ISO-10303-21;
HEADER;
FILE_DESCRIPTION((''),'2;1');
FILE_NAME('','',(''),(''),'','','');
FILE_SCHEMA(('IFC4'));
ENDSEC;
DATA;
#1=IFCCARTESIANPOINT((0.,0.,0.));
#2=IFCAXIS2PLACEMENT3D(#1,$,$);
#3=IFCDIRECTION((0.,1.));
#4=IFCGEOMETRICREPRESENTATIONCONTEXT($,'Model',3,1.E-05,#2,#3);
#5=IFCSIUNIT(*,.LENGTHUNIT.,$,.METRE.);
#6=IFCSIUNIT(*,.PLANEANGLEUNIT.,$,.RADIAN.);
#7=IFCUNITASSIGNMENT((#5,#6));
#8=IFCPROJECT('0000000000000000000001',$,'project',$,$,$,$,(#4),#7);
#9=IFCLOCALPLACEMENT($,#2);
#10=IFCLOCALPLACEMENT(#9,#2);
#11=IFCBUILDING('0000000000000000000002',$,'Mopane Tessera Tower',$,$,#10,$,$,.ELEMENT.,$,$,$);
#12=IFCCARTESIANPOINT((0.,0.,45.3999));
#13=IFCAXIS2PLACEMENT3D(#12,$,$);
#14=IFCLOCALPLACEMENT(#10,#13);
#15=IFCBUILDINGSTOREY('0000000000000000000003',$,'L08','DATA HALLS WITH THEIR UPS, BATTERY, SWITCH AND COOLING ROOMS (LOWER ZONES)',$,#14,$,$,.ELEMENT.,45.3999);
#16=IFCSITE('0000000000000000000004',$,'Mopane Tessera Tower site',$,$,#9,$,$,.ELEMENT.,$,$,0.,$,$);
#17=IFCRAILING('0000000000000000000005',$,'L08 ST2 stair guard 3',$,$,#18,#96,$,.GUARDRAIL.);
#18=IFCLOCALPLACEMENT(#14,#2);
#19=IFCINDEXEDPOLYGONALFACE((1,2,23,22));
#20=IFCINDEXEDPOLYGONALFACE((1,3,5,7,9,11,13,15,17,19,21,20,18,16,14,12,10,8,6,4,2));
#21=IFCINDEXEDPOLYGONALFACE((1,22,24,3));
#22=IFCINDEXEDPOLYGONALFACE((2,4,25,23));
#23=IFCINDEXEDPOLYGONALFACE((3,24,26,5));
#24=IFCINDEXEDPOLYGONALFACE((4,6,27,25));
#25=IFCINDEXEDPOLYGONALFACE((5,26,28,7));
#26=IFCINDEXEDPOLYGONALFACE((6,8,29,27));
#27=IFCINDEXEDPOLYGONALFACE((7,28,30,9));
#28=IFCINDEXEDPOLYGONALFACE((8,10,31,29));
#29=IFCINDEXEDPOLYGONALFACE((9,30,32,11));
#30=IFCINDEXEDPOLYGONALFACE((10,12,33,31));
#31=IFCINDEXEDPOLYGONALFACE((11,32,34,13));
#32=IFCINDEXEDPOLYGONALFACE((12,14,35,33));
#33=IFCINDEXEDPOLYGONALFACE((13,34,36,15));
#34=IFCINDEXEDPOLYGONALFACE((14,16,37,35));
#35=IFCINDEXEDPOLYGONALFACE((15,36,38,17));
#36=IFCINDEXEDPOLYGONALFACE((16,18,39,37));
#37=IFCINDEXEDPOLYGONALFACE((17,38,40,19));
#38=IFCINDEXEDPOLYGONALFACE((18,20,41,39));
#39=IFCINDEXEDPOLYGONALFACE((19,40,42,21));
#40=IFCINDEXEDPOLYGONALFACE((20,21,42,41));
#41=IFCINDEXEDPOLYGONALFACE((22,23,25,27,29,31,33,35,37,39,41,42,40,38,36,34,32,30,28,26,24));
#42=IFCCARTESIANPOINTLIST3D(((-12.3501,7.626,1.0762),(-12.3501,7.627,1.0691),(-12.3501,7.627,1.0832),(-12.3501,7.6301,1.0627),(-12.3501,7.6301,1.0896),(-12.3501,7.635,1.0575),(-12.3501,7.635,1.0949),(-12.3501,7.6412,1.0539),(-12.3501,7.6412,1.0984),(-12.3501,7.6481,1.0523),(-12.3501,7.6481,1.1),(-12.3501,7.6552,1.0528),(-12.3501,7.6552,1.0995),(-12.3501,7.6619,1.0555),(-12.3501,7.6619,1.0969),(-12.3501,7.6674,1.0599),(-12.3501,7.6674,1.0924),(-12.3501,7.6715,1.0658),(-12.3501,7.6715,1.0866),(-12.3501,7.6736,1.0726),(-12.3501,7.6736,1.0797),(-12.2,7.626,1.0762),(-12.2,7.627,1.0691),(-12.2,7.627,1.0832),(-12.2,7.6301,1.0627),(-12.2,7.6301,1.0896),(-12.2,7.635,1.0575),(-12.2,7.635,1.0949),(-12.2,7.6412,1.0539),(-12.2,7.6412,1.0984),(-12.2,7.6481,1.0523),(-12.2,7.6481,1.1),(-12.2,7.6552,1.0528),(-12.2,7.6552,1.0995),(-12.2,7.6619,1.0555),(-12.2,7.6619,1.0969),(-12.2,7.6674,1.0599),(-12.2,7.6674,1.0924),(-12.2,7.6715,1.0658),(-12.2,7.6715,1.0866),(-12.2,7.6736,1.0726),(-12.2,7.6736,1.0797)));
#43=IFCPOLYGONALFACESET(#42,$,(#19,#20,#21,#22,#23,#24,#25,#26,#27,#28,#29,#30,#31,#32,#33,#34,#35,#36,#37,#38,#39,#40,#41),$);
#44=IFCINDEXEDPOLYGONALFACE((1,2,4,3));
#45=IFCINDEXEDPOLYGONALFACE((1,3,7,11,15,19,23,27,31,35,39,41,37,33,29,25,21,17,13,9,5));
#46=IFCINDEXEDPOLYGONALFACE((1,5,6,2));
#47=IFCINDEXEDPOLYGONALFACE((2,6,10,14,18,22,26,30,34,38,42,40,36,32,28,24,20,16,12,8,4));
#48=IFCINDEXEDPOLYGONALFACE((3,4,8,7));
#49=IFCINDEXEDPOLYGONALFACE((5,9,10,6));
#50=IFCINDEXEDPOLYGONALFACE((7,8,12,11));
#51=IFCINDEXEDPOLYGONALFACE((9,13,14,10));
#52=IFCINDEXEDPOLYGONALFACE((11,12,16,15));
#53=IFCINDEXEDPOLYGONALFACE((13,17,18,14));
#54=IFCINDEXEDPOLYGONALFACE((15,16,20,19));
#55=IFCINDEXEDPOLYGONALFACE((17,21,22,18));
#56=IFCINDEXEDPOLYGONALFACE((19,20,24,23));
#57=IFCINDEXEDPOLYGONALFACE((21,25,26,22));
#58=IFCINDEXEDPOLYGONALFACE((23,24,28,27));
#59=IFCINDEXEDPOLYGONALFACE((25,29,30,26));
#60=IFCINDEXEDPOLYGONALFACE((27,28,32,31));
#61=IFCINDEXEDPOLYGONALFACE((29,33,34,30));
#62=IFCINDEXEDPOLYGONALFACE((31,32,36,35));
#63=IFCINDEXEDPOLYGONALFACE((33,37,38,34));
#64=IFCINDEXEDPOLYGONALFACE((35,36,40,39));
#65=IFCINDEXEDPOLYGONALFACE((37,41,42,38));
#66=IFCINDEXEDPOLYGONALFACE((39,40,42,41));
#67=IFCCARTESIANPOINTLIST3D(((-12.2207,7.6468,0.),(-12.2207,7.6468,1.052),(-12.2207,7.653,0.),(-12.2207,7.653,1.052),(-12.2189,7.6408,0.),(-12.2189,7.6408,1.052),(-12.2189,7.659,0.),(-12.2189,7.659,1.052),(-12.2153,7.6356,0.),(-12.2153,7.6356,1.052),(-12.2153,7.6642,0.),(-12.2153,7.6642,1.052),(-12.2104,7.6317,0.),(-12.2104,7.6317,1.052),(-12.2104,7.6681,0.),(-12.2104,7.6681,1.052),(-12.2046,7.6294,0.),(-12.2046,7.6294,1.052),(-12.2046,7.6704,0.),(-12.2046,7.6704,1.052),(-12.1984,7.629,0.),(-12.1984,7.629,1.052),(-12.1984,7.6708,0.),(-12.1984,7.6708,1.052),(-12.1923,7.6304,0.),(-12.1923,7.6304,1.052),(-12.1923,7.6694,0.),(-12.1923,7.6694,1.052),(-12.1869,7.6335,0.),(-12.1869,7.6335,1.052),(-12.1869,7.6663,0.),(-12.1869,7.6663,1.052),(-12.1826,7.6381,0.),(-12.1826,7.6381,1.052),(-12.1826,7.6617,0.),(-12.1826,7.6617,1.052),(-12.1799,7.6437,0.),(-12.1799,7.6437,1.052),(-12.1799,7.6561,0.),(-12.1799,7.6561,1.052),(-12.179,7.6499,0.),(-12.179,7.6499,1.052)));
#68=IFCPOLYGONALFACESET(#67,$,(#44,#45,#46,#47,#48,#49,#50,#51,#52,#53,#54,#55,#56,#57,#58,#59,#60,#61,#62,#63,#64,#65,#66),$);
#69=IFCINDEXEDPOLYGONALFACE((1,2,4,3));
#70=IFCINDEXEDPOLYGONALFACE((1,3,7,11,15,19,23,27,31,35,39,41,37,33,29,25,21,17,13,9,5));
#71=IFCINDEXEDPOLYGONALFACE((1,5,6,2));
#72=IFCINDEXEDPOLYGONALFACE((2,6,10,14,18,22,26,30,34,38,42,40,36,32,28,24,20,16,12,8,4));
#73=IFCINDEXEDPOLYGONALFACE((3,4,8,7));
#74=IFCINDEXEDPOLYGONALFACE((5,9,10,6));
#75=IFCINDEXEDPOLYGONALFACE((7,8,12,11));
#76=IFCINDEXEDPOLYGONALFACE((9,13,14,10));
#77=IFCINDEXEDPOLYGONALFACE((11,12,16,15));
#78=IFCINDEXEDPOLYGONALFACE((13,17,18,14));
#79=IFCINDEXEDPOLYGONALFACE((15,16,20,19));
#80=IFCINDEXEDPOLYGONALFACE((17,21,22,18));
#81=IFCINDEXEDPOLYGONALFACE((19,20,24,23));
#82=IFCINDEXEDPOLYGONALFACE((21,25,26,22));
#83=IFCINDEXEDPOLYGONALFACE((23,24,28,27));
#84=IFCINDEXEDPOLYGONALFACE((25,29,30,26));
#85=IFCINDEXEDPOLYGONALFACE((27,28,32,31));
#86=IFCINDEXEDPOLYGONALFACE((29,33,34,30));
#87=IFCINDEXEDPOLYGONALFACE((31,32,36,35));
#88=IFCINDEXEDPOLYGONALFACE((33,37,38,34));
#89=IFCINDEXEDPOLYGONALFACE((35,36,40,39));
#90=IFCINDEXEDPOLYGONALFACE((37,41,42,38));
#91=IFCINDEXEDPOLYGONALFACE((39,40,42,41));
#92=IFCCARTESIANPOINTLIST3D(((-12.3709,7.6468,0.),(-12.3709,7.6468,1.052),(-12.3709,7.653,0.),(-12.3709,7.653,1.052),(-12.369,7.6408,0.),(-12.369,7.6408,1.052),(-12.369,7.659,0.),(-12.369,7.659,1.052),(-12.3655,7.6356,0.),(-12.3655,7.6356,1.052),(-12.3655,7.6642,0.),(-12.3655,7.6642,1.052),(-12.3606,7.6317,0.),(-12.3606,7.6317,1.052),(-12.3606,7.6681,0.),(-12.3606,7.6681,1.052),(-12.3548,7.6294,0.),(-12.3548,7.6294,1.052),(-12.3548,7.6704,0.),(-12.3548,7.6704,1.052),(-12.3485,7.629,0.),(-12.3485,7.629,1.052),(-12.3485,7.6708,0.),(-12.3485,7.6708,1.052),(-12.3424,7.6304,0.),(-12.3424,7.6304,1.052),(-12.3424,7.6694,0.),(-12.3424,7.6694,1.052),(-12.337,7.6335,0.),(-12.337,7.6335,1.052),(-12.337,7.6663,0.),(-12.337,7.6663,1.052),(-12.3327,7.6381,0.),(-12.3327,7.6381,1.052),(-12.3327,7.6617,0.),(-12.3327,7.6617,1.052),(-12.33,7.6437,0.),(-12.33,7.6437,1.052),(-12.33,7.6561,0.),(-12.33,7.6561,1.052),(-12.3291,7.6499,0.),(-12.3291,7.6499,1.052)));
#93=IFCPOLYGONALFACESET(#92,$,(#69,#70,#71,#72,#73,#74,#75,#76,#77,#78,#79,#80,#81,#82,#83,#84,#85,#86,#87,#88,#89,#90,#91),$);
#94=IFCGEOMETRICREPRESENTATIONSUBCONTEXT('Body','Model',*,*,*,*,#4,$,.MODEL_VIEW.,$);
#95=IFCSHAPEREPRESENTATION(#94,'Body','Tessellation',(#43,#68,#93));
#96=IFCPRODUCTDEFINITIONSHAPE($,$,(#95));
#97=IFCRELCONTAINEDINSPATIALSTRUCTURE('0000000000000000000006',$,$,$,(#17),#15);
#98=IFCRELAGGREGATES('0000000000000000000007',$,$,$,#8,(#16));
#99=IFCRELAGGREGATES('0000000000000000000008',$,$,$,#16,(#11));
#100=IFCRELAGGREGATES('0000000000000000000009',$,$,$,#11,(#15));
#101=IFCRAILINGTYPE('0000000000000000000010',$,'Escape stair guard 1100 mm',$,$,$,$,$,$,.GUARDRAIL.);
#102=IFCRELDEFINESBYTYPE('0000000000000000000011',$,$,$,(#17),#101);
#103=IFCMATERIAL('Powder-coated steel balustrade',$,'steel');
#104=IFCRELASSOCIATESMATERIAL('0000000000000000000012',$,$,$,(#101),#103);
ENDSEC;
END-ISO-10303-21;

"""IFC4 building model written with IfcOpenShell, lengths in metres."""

from ifc_helpers import new_model, si_unit, direction, frame, origin, origin_2d, place, context, subcontext, project, spatial, circle, extrude, material, type_object, element, save


model = new_model("IFC4")

# Units and contexts
model_context = context("Model", 3, precision=1e-05, world=origin(), true_north=direction((0.0, 1.0)))
body_context = subcontext(model_context, "Body", "Model", "MODEL_VIEW")
ifc_project = project(units=[si_unit("LENGTHUNIT", "METRE"), si_unit("PLANEANGLEUNIT", "RADIAN")], contexts=[model_context])

# Site, building, storey
site_placement = place(None, origin())
site = spatial("IfcSite", under=ifc_project, at=site_placement, Name="Mopane Tessera Tower site", CompositionType="ELEMENT", RefElevation=0.0)
building_placement = place(site_placement, origin())
building = spatial("IfcBuilding", under=site, at=building_placement, Name="Mopane Tessera Tower", CompositionType="ELEMENT")
storey_placement = place(building_placement, frame((0.0, 0.0, 45.3999)))
storey = spatial("IfcBuildingStorey", under=building, at=storey_placement, Name="L08", Description="DATA HALLS WITH THEIR UPS, BATTERY, SWITCH AND COOLING ROOMS (LOWER ZONES)", CompositionType="ELEMENT", Elevation=45.3999)

# Railing
ifc_material_1 = material(Name="Powder-coated steel balustrade", Category="steel")
railing_type_1 = type_object("IfcRailingType", Name="Escape stair guard 1100 mm", PredefinedType="GUARDRAIL", material=ifc_material_1)
railing_1_placement = place(storey_placement, frame((-12.2, 7.6499, 0.0)))
element("IfcRailing", 1, at=railing_1_placement, inside=storey, type_object=railing_type_1, Name="L08 ST2 stair guard 3", PredefinedType="GUARDRAIL", context=body_context, shape_type="SweptSolid", body=[
    extrude(circle(Radius=0.0239, at=origin_2d()), frame((0.0, 0.0, 1.0762), z_axis=(-1.0, 0.0, 0.0), x_axis=(0.0, -1.0, 0.0)), (0.0, 0.0, 1.0), 0.1501),
    extrude(circle(Radius=0.021, at=origin_2d()), origin(), (0.0, 0.0, 1.0), 1.052),
    extrude(circle(Radius=0.021, at=origin_2d()), frame((-0.1501, 0.0, 0.0)), (0.0, 0.0, 1.0), 1.052),
])

save(model, "model.ifc")
